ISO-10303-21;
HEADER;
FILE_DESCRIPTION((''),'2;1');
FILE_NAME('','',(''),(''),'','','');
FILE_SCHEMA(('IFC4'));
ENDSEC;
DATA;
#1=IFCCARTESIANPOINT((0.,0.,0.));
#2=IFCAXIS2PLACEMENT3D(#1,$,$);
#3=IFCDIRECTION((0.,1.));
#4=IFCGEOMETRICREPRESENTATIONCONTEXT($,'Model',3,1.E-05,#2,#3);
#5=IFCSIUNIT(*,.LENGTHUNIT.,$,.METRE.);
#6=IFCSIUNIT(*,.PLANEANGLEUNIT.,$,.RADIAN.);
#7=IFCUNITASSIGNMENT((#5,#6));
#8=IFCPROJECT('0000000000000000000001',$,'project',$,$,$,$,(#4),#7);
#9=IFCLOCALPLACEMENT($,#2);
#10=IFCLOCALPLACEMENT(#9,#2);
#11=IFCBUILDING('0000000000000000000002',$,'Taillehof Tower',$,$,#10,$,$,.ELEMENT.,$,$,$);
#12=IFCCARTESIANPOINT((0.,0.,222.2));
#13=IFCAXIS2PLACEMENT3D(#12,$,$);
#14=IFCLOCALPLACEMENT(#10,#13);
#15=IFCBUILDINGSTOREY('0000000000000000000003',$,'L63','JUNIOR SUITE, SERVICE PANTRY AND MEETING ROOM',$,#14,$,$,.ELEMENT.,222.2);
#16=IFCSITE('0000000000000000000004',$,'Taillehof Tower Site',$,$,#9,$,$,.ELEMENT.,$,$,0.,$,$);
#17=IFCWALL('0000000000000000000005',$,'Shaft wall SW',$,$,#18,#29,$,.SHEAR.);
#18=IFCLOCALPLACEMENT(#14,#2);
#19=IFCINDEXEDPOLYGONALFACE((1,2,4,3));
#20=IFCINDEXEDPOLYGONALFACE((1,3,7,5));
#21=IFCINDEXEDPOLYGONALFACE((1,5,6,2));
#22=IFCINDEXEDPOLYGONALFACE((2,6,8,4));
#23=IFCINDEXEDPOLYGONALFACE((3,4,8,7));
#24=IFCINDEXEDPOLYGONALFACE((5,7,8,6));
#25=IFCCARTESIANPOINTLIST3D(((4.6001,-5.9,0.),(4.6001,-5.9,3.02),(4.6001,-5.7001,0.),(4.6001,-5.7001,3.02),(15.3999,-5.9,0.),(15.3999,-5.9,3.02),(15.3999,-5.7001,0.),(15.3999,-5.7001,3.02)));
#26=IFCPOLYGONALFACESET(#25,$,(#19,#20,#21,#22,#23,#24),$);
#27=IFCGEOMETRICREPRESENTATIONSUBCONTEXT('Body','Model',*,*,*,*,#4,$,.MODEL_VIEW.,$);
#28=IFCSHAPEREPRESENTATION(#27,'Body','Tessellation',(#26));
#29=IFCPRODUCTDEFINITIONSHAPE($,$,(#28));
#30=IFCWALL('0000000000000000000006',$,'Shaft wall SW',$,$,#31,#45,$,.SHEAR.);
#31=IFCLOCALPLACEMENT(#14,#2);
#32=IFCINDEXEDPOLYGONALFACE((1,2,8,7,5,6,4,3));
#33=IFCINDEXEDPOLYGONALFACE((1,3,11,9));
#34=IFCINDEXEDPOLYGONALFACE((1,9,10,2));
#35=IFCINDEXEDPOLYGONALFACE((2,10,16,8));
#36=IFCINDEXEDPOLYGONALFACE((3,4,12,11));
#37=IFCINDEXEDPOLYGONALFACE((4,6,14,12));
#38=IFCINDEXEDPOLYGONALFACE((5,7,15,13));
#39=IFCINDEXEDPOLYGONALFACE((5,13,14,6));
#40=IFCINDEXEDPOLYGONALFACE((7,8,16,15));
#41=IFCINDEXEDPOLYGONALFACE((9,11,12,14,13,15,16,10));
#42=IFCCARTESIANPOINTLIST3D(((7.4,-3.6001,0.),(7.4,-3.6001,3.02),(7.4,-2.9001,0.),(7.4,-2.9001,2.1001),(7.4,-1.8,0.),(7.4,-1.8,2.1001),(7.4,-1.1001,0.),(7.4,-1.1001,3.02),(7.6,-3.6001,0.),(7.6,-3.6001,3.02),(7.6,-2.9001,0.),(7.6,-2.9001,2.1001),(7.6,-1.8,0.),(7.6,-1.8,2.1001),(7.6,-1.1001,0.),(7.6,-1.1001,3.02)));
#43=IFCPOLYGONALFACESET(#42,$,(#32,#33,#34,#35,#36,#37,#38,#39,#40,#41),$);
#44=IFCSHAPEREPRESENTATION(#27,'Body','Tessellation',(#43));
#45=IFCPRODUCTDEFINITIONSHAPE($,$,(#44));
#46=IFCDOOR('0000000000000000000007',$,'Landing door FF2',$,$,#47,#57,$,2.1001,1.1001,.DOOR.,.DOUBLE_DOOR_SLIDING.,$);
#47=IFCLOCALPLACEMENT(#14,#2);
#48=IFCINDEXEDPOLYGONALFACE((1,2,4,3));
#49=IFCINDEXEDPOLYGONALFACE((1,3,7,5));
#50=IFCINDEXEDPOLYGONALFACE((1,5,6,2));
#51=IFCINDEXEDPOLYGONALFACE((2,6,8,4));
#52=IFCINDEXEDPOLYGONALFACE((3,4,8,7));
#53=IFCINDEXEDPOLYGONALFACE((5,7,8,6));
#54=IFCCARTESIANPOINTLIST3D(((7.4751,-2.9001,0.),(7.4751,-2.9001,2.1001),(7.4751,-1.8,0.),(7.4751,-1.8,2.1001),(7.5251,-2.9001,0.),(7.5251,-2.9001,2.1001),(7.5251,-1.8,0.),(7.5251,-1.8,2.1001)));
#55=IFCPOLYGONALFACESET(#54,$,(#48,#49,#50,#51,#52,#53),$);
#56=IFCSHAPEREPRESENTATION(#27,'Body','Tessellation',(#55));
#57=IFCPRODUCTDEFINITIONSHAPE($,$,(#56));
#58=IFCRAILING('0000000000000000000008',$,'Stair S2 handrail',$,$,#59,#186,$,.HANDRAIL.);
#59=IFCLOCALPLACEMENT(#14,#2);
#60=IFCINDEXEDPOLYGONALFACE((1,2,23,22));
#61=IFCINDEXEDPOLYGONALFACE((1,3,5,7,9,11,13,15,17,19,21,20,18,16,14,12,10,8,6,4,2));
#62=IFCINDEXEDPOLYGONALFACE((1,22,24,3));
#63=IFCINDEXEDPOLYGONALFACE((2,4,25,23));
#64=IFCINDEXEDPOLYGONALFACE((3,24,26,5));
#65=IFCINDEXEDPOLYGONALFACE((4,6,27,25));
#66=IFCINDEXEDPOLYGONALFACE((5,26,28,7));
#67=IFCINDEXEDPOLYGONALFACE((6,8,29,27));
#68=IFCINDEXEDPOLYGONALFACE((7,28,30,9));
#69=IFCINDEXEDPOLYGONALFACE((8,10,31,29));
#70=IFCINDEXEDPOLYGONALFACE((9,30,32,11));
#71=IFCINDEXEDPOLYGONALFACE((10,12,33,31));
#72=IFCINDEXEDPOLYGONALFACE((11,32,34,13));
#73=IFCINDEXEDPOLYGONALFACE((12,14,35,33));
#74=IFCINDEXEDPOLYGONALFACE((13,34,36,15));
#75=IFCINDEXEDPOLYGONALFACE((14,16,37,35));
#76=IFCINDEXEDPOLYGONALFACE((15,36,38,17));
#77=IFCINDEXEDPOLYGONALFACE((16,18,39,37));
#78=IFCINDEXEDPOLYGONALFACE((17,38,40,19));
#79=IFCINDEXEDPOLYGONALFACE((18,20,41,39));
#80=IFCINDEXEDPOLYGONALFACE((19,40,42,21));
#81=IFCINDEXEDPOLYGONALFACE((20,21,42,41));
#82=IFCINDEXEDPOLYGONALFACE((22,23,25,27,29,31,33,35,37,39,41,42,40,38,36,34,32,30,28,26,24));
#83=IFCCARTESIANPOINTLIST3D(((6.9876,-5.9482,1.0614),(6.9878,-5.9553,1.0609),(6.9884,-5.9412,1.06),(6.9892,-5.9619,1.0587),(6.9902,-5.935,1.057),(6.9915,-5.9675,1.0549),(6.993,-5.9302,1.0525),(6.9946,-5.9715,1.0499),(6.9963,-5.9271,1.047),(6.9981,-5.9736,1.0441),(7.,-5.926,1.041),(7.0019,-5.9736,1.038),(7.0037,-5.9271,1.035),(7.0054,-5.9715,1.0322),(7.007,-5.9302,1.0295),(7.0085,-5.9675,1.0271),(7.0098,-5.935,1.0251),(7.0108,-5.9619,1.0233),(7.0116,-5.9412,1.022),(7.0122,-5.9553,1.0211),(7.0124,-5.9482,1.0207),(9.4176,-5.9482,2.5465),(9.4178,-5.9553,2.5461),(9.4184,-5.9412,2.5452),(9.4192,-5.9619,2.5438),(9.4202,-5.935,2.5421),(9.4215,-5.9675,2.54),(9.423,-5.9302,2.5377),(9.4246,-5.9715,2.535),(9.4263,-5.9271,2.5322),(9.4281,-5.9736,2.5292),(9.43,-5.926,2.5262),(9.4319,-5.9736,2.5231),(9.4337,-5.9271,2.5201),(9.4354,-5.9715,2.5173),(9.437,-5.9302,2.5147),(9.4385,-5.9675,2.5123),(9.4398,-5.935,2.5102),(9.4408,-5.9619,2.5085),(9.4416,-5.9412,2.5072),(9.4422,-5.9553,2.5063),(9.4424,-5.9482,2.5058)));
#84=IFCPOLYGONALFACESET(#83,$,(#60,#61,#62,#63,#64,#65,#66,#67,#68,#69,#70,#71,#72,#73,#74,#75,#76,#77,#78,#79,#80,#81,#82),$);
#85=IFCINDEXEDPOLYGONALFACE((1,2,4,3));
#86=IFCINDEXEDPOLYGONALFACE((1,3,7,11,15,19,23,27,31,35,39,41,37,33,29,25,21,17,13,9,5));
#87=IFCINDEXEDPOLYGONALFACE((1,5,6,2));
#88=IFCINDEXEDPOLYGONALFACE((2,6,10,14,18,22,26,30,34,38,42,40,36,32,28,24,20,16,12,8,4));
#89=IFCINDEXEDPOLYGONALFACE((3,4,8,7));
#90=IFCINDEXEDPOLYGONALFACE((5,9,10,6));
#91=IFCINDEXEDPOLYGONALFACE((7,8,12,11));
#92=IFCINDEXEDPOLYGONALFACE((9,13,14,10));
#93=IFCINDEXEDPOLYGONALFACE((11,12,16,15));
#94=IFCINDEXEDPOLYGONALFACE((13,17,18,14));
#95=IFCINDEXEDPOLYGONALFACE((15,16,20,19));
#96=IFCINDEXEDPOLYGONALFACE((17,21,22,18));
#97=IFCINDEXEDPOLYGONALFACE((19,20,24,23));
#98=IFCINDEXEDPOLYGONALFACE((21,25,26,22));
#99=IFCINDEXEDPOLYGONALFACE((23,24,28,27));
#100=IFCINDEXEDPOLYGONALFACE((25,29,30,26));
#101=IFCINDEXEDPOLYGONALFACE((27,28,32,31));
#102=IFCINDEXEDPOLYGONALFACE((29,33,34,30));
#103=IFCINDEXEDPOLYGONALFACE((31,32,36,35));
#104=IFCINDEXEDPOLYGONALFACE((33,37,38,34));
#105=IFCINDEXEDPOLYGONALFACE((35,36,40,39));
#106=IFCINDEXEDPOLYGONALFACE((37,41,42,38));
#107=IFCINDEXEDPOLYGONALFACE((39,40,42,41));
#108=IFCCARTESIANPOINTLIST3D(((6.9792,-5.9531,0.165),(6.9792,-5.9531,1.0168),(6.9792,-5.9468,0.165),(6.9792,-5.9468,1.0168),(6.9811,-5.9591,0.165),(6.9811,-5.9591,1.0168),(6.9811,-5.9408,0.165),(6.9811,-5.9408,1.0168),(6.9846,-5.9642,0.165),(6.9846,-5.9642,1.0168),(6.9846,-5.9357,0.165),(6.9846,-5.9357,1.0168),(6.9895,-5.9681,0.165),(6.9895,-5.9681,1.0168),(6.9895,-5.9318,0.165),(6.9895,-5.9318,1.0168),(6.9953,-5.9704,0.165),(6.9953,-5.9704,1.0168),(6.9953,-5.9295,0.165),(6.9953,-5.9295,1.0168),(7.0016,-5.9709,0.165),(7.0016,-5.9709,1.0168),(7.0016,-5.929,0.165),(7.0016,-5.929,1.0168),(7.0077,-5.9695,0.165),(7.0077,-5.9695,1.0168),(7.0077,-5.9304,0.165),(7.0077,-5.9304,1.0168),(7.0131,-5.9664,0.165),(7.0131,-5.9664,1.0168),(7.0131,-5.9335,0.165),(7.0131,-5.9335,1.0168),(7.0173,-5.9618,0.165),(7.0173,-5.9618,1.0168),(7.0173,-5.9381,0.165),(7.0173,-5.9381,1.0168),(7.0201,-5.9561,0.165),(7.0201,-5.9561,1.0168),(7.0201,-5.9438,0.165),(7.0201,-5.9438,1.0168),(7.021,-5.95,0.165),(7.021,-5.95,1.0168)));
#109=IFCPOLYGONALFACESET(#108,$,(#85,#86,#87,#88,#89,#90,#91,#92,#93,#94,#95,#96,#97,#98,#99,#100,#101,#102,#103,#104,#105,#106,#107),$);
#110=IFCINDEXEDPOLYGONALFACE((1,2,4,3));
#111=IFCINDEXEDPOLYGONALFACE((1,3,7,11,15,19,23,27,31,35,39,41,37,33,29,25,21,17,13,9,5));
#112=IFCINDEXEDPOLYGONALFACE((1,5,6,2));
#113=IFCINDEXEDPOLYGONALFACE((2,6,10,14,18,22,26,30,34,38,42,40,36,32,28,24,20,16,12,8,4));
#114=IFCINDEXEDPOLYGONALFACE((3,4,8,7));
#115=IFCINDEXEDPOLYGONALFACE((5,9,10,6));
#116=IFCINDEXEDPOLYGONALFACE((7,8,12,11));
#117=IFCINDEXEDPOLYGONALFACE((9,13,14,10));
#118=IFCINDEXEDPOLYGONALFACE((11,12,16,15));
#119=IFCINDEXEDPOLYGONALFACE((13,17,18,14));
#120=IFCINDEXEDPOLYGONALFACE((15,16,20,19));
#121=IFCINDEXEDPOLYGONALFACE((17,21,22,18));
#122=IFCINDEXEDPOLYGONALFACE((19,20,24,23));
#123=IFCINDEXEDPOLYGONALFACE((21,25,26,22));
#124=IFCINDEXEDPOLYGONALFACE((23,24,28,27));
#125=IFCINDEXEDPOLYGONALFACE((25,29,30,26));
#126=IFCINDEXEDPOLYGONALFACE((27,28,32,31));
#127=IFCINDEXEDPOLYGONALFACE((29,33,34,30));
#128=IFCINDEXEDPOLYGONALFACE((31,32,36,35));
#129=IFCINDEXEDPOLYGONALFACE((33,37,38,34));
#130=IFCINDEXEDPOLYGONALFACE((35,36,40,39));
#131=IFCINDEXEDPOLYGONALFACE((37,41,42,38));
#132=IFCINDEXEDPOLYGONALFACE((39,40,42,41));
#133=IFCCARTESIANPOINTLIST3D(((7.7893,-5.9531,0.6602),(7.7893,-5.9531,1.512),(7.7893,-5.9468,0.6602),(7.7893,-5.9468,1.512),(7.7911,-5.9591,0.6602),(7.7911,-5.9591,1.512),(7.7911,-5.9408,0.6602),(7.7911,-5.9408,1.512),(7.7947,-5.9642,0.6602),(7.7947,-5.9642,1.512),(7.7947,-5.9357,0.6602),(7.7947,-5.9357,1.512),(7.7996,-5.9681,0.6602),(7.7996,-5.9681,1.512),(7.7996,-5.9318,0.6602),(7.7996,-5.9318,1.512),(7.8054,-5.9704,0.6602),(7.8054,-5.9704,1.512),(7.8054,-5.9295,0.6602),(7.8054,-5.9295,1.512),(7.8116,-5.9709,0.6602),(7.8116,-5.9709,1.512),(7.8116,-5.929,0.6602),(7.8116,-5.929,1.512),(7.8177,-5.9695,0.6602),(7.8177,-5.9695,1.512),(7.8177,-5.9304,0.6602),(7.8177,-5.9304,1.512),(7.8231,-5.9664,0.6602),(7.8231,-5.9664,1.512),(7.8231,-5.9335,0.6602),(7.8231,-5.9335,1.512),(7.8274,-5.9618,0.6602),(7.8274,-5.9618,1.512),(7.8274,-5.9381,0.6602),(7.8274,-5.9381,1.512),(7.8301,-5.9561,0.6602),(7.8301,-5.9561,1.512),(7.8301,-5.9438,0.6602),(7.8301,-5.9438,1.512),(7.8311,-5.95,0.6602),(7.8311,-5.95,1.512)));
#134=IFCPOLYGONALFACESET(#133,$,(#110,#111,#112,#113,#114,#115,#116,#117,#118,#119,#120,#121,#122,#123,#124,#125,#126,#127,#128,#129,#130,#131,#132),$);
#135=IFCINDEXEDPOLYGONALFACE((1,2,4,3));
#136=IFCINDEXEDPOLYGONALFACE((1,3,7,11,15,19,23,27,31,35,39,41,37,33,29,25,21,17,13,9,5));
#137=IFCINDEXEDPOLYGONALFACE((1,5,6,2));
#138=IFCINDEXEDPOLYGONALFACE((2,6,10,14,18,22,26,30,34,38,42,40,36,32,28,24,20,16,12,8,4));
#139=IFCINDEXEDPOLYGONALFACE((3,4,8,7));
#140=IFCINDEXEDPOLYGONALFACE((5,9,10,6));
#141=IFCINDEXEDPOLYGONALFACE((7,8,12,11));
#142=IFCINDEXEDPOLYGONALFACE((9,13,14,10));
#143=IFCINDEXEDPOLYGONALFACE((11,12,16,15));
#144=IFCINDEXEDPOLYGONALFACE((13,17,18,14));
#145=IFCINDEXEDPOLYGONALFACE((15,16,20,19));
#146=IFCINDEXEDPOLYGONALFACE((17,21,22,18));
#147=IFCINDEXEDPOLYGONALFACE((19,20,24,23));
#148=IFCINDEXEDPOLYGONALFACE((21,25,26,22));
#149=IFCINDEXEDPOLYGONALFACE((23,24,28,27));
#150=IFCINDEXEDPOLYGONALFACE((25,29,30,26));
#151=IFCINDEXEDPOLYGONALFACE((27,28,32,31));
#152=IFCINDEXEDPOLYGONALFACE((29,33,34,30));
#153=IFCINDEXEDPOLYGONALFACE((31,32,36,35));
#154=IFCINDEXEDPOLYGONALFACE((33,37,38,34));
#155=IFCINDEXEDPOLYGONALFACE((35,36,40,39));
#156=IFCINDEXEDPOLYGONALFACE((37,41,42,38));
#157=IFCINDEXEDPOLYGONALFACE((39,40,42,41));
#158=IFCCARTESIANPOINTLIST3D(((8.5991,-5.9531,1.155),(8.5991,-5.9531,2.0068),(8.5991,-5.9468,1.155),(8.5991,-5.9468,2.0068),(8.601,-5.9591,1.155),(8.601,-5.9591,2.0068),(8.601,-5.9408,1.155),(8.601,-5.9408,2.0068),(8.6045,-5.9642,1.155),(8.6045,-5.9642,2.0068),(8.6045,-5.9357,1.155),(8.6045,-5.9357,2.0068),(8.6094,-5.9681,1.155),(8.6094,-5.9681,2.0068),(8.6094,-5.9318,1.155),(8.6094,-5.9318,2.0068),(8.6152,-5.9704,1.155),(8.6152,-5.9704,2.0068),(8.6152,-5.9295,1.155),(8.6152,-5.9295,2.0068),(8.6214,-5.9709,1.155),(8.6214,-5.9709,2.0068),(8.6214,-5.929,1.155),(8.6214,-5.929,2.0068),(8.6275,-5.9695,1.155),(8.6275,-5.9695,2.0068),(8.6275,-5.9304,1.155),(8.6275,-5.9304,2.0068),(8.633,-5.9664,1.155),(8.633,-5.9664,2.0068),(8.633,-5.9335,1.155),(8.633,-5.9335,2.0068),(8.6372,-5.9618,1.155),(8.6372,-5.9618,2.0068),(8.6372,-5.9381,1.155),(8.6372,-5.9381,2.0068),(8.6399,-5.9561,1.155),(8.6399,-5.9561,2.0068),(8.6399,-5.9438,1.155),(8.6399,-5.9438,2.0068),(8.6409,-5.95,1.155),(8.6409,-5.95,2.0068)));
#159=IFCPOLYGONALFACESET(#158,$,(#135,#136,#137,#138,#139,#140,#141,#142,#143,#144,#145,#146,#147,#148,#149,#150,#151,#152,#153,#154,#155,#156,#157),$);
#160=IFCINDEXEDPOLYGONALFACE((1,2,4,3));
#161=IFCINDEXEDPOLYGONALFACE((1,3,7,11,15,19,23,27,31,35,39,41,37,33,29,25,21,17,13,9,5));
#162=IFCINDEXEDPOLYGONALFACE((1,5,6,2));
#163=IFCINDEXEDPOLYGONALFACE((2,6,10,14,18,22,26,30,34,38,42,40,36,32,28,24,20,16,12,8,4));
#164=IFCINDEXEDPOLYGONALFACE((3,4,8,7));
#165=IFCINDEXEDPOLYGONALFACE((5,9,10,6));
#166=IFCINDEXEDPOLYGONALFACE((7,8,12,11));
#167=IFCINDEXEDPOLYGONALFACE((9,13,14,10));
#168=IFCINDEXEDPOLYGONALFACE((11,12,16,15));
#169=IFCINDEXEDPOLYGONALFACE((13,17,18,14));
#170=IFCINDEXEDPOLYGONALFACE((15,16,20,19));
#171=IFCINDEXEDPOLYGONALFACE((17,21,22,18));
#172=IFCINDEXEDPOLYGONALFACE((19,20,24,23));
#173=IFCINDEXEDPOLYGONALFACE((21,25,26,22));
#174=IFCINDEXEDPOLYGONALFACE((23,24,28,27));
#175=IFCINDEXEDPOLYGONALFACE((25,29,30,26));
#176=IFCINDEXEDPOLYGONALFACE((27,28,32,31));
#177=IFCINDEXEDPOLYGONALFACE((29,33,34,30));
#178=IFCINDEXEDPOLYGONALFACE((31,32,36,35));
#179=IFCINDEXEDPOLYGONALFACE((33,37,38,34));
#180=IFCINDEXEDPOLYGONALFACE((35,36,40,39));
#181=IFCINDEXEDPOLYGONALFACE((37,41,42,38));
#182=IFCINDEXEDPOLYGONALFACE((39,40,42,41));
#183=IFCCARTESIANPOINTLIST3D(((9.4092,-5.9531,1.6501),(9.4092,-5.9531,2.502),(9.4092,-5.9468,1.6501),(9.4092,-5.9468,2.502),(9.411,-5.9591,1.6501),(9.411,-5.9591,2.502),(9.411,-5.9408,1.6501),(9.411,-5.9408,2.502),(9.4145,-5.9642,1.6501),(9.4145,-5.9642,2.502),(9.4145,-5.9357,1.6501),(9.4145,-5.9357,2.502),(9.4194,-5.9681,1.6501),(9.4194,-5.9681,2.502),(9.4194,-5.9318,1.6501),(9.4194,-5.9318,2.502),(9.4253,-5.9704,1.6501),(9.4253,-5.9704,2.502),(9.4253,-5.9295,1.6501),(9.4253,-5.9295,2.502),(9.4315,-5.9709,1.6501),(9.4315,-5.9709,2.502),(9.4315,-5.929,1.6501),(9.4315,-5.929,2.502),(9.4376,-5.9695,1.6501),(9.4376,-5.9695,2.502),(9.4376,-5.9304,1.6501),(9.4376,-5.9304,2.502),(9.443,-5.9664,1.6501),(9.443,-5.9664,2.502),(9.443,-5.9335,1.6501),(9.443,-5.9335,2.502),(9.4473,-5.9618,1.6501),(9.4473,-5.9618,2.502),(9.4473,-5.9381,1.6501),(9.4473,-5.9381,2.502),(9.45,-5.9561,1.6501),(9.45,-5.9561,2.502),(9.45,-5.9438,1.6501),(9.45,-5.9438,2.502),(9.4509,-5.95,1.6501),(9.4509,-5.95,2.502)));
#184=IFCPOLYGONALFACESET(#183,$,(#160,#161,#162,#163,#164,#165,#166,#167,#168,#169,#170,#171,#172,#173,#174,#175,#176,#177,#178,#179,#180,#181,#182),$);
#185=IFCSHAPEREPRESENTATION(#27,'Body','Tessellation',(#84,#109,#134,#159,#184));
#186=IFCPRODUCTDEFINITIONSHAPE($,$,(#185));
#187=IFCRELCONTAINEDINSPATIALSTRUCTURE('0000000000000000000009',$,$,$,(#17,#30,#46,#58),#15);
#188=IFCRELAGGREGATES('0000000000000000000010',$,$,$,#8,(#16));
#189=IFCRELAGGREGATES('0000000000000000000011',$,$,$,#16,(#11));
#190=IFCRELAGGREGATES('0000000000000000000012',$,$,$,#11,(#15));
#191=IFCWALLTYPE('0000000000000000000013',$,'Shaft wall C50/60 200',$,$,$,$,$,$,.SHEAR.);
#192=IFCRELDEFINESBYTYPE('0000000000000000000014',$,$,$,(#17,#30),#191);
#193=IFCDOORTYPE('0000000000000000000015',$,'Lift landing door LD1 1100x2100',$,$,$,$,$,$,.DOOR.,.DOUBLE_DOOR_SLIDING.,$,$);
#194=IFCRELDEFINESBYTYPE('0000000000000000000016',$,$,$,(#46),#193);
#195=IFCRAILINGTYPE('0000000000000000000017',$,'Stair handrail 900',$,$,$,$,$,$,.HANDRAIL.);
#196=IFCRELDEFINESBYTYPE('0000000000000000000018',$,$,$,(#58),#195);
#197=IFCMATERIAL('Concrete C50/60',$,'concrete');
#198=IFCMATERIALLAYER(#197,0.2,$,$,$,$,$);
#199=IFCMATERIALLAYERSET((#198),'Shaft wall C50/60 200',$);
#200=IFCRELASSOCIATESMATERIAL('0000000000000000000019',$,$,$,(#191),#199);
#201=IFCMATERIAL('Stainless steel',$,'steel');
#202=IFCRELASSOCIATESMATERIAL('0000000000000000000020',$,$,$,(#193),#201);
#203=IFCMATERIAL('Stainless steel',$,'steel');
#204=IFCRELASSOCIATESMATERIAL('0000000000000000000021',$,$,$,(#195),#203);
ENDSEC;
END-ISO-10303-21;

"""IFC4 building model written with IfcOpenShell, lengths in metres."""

from ifc_helpers import new_model, si_unit, direction, frame, frame_2d, origin, origin_2d, place, context, subcontext, project, spatial, rectangle, circle, extrude, material, layer, layer_set, type_object, element, fill, save


model = new_model("IFC4")

# Units and contexts
model_context = context("Model", 3, precision=1e-05, world=origin(), true_north=direction((0.0, 1.0)))
body_context = subcontext(model_context, "Body", "Model", "MODEL_VIEW")
ifc_project = project(units=[si_unit("LENGTHUNIT", "METRE"), si_unit("PLANEANGLEUNIT", "RADIAN")], contexts=[model_context])

# Site, building, storey
site_placement = place(None, origin())
site = spatial("IfcSite", under=ifc_project, at=site_placement, Name="Taillehof Tower Site", CompositionType="ELEMENT", RefElevation=0.0)
building_placement = place(site_placement, origin())
building = spatial("IfcBuilding", under=site, at=building_placement, Name="Taillehof Tower", CompositionType="ELEMENT")
storey_placement = place(building_placement, frame((0.0, 0.0, 222.2)))
storey = spatial("IfcBuildingStorey", under=building, at=storey_placement, Name="L63", Description="JUNIOR SUITE, SERVICE PANTRY AND MEETING ROOM", CompositionType="ELEMENT", Elevation=222.2)

# Shared definitions
ifc_material_1 = material(Name="Concrete C50/60", Category="concrete")
ifc_layer_1 = layer(ifc_material_1, 0.2)
ifc_layer_set_1 = layer_set([ifc_layer_1], Name="Shaft wall C50/60 200")
wall_type_1 = type_object("IfcWallType", Name="Shaft wall C50/60 200", PredefinedType="SHEAR", material=ifc_layer_set_1)

# Shared definitions
ifc_material_2 = material(Name="Stainless steel", Category="steel")
door_type_1 = type_object("IfcDoorType", Name="Lift landing door LD1 1100x2100", OperationType="DOUBLE_DOOR_SLIDING", PredefinedType="DOOR", material=ifc_material_2)

# Wall
wall_1_placement = place(storey_placement, frame((4.6001, -5.8, 0.0), z_axis=(0.0, 0.0, 1.0), x_axis=(1.0, 0.0, 0.0)))
element("IfcWall", 1, at=wall_1_placement, inside=storey, type_object=wall_type_1, Name="Shaft wall SW", PredefinedType="SHEAR", context=body_context, shape_type="SweptSolid", body=[
    extrude(rectangle(XDim=10.7998, YDim=0.2, at=frame_2d((5.3999, 0.0))), origin(), (0.0, 0.0, 1.0), 3.02),
])

# Wall, opening, door
wall_2_placement = place(storey_placement, frame((7.5, -3.6001, 0.0), z_axis=(0.0, 0.0, 1.0), x_axis=(0.0, 1.0, 0.0)))
wall_2 = element("IfcWall", 2, at=wall_2_placement, inside=storey, type_object=wall_type_1, Name="Shaft wall SW", PredefinedType="SHEAR", context=body_context, shape_type="SweptSolid", body=[
    extrude(rectangle(XDim=2.5, YDim=0.2, at=frame_2d((1.25, 0.0))), origin(), (0.0, 0.0, 1.0), 3.02),
])
opening_1_placement = place(wall_2_placement, frame((0.7, 0.0, 0.0)))
opening_1 = element("IfcOpeningElement", 3, at=opening_1_placement, cuts=wall_2, PredefinedType="OPENING", context=body_context, shape_type="SweptSolid", body=[
    extrude(rectangle(XDim=1.1001, YDim=2.1001, at=frame_2d((0.55, 1.05))), frame((0.0, 0.1099, 0.0), z_axis=(0.0, -1.0, 0.0), x_axis=(1.0, 0.0, 0.0)), (0.0, 0.0, 1.0), 0.22),
])
door_1_placement = place(opening_1_placement, origin())
door_1 = element("IfcDoor", 4, at=door_1_placement, inside=storey, type_object=door_type_1, Name="Landing door FF2", OperationType="DOUBLE_DOOR_SLIDING", OverallHeight=2.1001, OverallWidth=1.1001, PredefinedType="DOOR", context=body_context, shape_type="SweptSolid", body=[
    extrude(rectangle(XDim=1.1001, YDim=2.1001, at=frame_2d((0.55, 1.05))), frame((0.0, 0.0249, 0.0), z_axis=(0.0, -1.0, 0.0), x_axis=(1.0, 0.0, 0.0)), (0.0, 0.0, 1.0), 0.05),
])
fill(opening_1, door_1)

# Railing
ifc_material_3 = material(Name="Stainless steel", Category="steel")
railing_type = type_object("IfcRailingType", Name="Stair handrail 900", PredefinedType="HANDRAIL", material=ifc_material_3)
railing_placement = place(storey_placement, frame((7.0, -5.95, 0.165)))
element("IfcRailing", 5, at=railing_placement, inside=storey, type_object=railing_type, Name="Stair S2 handrail", PredefinedType="HANDRAIL", context=body_context, shape_type="SweptSolid", body=[
    extrude(circle(Radius=0.0239, at=origin_2d()), frame((0.0, 0.0, 0.876), z_axis=(0.853259, 0.0, 0.521488), x_axis=(0.0, 1.0, 0.0)), (0.0, 0.0, 1.0), 2.8479),
    extrude(circle(Radius=0.021, at=origin_2d()), origin(), (0.0, 0.0, 1.0), 0.8518),
    extrude(circle(Radius=0.021, at=origin_2d()), frame((0.8101, 0.0, 0.4951)), (0.0, 0.0, 1.0), 0.8518),
    extrude(circle(Radius=0.021, at=origin_2d()), frame((1.6199, 0.0, 0.99)), (0.0, 0.0, 1.0), 0.8518),
    extrude(circle(Radius=0.021, at=origin_2d()), frame((2.4299, 0.0, 1.4851)), (0.0, 0.0, 1.0), 0.8518),
])

save(model, "model.ifc")
